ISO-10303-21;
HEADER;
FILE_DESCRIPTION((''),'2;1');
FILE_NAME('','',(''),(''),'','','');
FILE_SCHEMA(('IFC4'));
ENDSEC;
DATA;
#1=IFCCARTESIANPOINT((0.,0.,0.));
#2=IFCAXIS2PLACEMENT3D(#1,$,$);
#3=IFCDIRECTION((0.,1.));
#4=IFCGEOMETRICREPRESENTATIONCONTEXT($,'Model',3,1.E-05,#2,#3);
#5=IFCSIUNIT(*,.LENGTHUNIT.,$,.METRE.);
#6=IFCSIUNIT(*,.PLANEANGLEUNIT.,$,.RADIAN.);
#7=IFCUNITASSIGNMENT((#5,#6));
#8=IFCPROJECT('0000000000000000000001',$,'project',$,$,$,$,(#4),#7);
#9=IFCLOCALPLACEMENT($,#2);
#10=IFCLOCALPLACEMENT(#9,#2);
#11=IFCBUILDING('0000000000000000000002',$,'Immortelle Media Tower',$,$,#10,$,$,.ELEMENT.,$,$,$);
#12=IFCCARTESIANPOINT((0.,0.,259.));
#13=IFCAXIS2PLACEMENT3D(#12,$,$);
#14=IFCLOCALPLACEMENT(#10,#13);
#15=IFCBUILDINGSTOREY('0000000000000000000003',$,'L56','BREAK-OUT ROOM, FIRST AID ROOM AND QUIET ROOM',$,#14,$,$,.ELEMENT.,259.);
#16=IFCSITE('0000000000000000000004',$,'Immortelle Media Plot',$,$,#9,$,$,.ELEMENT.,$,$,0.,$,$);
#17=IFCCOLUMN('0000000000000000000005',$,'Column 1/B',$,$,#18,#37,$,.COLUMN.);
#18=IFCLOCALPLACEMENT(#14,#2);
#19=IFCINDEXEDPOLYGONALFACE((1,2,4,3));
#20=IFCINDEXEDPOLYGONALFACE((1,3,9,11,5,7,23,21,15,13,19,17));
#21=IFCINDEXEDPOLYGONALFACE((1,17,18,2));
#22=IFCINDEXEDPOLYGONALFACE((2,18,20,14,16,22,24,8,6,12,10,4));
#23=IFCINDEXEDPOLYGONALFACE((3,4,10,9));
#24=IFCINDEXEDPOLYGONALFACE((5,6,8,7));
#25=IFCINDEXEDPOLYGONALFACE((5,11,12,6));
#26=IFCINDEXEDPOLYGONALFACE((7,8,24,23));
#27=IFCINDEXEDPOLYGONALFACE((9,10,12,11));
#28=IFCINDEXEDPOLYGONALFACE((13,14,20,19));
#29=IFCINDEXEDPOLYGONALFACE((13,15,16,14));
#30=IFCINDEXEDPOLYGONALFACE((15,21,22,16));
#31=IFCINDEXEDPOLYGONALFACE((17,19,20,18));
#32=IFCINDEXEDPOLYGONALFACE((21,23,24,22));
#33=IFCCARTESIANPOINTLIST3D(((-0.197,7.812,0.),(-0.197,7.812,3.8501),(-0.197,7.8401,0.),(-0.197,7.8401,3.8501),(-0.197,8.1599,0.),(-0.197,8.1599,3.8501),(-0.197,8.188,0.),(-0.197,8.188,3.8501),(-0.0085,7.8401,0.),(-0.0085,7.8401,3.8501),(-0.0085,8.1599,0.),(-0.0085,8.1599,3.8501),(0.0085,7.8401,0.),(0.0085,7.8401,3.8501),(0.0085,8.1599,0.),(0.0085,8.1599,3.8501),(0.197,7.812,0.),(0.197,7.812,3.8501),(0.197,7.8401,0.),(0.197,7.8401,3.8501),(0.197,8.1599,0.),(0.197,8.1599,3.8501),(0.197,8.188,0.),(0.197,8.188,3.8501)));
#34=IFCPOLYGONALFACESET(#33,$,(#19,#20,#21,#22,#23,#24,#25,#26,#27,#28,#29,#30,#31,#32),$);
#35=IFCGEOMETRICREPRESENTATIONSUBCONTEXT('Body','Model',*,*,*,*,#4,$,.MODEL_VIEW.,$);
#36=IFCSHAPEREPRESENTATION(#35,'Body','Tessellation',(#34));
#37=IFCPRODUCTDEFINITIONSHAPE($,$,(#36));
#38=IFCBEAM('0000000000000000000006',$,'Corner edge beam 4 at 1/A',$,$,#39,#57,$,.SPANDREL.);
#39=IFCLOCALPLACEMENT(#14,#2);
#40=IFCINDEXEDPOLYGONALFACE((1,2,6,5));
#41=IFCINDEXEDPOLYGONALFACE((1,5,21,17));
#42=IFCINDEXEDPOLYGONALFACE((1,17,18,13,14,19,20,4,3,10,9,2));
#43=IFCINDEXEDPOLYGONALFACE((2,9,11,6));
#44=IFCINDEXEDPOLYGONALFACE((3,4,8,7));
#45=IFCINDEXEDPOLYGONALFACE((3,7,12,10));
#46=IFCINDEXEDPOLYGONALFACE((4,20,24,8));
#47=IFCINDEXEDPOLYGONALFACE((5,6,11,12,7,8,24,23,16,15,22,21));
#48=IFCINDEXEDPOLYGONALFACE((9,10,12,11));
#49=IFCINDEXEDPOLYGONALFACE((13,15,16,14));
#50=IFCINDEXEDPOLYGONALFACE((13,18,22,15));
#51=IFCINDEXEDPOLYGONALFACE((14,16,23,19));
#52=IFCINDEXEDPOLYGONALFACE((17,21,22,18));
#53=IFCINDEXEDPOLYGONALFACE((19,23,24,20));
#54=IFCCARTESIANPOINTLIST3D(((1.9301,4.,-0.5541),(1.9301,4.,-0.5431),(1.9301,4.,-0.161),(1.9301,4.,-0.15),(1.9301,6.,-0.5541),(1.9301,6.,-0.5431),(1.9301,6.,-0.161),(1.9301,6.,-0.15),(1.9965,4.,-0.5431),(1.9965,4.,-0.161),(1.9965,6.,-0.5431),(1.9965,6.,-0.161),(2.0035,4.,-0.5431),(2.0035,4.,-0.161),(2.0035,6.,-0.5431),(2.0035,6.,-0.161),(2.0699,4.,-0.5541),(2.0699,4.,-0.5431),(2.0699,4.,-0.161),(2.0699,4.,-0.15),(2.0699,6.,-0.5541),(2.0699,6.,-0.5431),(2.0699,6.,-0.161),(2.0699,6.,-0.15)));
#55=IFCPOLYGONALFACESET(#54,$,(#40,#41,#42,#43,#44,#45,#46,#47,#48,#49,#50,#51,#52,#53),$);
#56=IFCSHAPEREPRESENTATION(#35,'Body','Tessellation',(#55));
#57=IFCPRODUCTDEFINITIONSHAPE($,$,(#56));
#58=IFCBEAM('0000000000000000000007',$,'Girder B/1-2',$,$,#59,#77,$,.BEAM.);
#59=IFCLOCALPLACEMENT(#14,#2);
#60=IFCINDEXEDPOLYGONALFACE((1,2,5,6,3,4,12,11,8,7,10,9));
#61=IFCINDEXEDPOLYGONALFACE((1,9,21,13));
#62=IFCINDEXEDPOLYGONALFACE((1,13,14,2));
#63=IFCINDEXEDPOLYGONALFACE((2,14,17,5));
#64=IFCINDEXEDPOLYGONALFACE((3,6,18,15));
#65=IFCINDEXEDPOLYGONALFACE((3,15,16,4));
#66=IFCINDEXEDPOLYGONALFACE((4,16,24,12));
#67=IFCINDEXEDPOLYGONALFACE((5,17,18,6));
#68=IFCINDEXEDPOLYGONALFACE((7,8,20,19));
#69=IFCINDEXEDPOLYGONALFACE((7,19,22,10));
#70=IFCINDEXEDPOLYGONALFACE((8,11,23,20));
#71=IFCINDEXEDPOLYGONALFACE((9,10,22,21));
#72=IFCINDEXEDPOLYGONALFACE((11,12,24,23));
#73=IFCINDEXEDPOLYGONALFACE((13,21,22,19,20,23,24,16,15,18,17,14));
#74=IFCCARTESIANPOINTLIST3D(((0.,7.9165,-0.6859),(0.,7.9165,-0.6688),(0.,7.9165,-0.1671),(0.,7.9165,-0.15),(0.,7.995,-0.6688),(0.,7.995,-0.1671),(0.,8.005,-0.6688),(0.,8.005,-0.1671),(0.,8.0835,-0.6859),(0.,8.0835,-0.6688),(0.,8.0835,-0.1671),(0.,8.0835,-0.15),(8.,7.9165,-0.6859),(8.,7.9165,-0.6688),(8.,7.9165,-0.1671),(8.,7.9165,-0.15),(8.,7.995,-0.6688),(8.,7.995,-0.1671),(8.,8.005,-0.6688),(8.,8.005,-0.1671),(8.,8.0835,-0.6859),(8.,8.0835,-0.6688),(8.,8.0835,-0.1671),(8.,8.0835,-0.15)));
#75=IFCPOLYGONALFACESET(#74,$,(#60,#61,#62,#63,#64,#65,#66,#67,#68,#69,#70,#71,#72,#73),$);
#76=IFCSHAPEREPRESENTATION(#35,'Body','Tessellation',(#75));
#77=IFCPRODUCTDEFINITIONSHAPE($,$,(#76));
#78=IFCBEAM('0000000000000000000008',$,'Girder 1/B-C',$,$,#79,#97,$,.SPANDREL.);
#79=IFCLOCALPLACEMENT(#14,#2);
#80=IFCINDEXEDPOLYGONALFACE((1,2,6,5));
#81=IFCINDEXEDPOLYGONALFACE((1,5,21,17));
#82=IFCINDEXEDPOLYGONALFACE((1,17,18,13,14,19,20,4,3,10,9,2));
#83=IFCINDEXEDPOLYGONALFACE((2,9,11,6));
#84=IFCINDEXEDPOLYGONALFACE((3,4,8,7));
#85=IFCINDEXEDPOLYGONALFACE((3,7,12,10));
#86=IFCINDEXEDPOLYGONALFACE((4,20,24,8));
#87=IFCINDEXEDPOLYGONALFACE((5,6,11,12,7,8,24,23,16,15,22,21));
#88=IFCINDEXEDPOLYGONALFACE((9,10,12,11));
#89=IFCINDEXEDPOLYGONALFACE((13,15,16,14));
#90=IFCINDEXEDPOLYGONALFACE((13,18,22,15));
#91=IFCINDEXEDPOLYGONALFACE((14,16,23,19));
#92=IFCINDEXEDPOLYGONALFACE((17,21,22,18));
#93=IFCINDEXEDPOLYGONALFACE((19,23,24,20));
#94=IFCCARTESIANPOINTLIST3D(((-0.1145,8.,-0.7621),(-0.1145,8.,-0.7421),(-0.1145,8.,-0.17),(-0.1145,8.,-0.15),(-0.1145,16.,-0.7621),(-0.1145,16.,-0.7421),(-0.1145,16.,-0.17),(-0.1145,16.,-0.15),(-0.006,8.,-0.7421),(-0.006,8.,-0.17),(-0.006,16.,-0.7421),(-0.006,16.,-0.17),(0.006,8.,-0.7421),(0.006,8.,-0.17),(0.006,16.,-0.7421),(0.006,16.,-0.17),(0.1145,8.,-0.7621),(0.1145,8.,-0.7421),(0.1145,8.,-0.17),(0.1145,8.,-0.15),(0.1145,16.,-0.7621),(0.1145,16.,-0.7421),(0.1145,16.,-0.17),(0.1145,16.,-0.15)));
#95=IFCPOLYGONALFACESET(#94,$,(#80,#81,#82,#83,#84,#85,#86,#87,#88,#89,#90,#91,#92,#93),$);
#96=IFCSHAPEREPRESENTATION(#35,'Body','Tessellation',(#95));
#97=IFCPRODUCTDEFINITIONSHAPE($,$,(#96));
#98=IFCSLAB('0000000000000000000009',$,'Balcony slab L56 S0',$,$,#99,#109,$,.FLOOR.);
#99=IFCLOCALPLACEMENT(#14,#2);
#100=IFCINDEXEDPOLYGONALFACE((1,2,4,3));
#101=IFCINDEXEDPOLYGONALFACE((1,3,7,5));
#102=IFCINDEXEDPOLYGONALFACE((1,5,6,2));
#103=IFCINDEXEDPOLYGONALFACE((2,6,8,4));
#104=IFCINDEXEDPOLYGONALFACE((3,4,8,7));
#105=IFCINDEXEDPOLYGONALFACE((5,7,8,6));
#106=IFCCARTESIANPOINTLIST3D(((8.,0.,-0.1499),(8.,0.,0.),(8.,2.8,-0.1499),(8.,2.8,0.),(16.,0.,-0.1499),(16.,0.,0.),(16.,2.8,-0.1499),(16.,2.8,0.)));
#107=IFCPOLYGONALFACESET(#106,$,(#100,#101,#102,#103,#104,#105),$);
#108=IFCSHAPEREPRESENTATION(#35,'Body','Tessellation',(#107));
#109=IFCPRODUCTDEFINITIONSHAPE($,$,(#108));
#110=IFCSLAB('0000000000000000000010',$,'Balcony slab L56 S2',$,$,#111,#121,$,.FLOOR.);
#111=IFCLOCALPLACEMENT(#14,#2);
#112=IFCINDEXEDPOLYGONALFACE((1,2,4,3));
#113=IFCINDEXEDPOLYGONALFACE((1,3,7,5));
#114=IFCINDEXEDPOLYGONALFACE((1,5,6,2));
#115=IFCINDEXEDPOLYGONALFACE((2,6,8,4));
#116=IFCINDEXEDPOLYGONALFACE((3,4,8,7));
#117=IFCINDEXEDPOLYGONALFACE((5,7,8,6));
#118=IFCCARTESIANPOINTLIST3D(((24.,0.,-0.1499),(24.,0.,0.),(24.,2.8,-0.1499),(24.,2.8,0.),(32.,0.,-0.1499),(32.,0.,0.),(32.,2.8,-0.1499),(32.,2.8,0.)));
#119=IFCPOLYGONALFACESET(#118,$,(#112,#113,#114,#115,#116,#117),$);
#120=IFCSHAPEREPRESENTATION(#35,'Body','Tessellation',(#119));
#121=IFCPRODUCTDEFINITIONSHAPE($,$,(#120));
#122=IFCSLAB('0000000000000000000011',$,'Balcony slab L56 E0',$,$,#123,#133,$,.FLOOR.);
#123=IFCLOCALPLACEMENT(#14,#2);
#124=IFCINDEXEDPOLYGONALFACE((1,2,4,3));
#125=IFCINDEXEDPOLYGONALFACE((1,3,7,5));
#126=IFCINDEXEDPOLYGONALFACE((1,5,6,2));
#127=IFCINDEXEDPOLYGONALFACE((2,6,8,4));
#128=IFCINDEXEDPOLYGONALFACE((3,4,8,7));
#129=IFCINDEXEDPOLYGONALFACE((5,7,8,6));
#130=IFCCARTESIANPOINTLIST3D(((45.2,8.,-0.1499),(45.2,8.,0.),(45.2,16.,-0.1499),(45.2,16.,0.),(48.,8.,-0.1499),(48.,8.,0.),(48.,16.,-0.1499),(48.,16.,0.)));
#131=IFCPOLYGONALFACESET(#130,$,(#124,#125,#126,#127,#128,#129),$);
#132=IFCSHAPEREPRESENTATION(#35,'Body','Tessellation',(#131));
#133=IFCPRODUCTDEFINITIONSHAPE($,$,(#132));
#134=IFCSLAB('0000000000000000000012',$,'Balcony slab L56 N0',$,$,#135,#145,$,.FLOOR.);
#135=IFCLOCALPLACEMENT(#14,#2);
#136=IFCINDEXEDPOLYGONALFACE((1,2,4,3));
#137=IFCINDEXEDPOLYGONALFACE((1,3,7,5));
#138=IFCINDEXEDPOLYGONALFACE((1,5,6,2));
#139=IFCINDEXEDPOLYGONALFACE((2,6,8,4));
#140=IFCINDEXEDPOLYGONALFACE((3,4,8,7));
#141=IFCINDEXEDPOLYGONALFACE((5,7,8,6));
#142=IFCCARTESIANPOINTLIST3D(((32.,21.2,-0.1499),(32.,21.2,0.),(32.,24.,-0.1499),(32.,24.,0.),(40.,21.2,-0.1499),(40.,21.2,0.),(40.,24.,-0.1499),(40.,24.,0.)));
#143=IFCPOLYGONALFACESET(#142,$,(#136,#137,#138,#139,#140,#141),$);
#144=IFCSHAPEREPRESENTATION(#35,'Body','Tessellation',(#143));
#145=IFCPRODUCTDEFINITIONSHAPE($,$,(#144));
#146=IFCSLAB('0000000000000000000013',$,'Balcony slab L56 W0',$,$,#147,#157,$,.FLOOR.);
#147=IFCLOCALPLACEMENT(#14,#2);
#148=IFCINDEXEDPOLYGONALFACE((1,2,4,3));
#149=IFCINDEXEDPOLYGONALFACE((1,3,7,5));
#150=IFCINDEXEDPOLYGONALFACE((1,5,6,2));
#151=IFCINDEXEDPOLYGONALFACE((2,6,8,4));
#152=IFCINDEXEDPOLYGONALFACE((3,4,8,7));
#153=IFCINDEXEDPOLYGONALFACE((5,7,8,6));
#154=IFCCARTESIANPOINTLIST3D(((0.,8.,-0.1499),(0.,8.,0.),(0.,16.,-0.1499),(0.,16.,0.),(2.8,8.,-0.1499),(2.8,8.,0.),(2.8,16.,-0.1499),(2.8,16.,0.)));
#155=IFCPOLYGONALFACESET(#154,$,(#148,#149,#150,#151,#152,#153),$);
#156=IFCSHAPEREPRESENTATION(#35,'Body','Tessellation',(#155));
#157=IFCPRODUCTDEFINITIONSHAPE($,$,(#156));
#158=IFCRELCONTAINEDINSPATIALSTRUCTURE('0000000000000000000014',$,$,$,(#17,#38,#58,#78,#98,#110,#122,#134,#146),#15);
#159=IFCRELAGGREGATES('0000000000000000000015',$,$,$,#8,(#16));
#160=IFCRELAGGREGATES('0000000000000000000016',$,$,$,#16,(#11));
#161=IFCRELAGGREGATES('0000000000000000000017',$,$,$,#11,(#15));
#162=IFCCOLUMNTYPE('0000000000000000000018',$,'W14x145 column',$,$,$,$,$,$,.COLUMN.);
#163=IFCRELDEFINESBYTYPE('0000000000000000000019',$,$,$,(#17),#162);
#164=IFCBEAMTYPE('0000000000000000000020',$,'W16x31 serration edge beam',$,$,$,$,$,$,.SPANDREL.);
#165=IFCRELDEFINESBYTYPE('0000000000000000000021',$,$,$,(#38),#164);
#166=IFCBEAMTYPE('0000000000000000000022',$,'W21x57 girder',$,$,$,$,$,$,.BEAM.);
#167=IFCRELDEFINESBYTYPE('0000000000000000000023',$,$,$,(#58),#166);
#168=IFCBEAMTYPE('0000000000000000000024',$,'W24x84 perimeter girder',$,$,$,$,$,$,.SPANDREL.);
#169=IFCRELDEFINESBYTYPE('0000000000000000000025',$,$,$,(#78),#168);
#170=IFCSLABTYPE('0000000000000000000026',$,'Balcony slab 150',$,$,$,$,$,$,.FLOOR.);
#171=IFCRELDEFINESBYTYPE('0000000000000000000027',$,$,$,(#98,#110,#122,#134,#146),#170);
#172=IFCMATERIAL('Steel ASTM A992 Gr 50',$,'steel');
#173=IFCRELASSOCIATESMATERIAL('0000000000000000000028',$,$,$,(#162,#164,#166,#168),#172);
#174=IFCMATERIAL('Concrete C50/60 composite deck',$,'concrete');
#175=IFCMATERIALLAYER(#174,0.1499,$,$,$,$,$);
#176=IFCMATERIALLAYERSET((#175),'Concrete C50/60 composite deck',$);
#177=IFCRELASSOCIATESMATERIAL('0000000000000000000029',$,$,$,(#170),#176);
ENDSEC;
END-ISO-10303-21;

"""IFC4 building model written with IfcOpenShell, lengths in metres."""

from ifc_helpers import new_model, si_unit, direction, frame, origin, origin_2d, place, context, subcontext, project, spatial, polyline, i_section, outline, extrude, material, layer, layer_set, material_profile, profile_set, type_object, element, save


model = new_model("IFC4")

# Units and contexts
model_context = context("Model", 3, precision=1e-05, world=origin(), true_north=direction((0.0, 1.0)))
body_context = subcontext(model_context, "Body", "Model", "MODEL_VIEW")
ifc_project = project(units=[si_unit("LENGTHUNIT", "METRE"), si_unit("PLANEANGLEUNIT", "RADIAN")], contexts=[model_context])

# Site, building, storey
site_placement = place(None, origin())
site = spatial("IfcSite", under=ifc_project, at=site_placement, Name="Immortelle Media Plot", CompositionType="ELEMENT", RefElevation=0.0)
building_placement = place(site_placement, origin())
building = spatial("IfcBuilding", under=site, at=building_placement, Name="Immortelle Media Tower", CompositionType="ELEMENT")
storey_placement = place(building_placement, frame((0.0, 0.0, 259.0)))
storey = spatial("IfcBuildingStorey", under=building, at=storey_placement, Name="L56", Description="BREAK-OUT ROOM, FIRST AID ROOM AND QUIET ROOM", CompositionType="ELEMENT", Elevation=259.0)

# Column
ifc_material_1 = material(Name="Steel ASTM A992 Gr 50", Category="steel")
ifc_material_profile_1 = material_profile(ifc_material_1, i_section(OverallWidth=0.394, OverallDepth=0.376, WebThickness=0.0171, FlangeThickness=0.0281, at=origin_2d()), Name="W14x145")
ifc_profile_set_1 = profile_set([ifc_material_profile_1], Name="Steel ASTM A992 Gr 50")
column_type = type_object("IfcColumnType", Name="W14x145 column", PredefinedType="COLUMN", material=ifc_profile_set_1)
column_placement = place(storey_placement, frame((0.0, 8.0, 0.0), z_axis=(0.0, 0.0, 1.0), x_axis=(1.0, 0.0, 0.0)))
element("IfcColumn", 1, at=column_placement, inside=storey, type_object=column_type, Name="Column 1/B", PredefinedType="COLUMN", context=body_context, shape_type="SweptSolid", body=[
    extrude(i_section(OverallWidth=0.394, OverallDepth=0.376, WebThickness=0.0171, FlangeThickness=0.0281, at=origin_2d()), origin(), (0.0, 0.0, 1.0), 3.8501),
])

# Beams
ifc_material_profile_2 = material_profile(ifc_material_1, i_section(OverallWidth=0.1399, OverallDepth=0.4041, WebThickness=0.0071, FlangeThickness=0.011, at=origin_2d()), Name="W16x31")
ifc_profile_set_2 = profile_set([ifc_material_profile_2], Name="Steel ASTM A992 Gr 50")
beam_type_1 = type_object("IfcBeamType", Name="W16x31 serration edge beam", PredefinedType="SPANDREL", material=ifc_profile_set_2)
beam_1_placement = place(storey_placement, frame((2.0, 4.0, -0.3521), z_axis=(0.0, 1.0, 0.0), x_axis=(-1.0, 0.0, 0.0)))
element("IfcBeam", 2, at=beam_1_placement, inside=storey, type_object=beam_type_1, Name="Corner edge beam 4 at 1/A", PredefinedType="SPANDREL", context=body_context, shape_type="SweptSolid", body=[
    extrude(i_section(OverallWidth=0.1399, OverallDepth=0.4041, WebThickness=0.0071, FlangeThickness=0.011, at=origin_2d()), origin(), (0.0, 0.0, 1.0), 2.0),
])
ifc_material_profile_3 = material_profile(ifc_material_1, i_section(OverallWidth=0.167, OverallDepth=0.5359, WebThickness=0.01, FlangeThickness=0.0171, at=origin_2d()), Name="W21x57")
ifc_profile_set_3 = profile_set([ifc_material_profile_3], Name="Steel ASTM A992 Gr 50")
beam_type_2 = type_object("IfcBeamType", Name="W21x57 girder", PredefinedType="BEAM", material=ifc_profile_set_3)
beam_2_placement = place(storey_placement, frame((0.0, 8.0, -0.418), z_axis=(1.0, 0.0, 0.0), x_axis=(0.0, 1.0, 0.0)))
element("IfcBeam", 3, at=beam_2_placement, inside=storey, type_object=beam_type_2, Name="Girder B/1-2", PredefinedType="BEAM", context=body_context, shape_type="SweptSolid", body=[
    extrude(i_section(OverallWidth=0.167, OverallDepth=0.5359, WebThickness=0.01, FlangeThickness=0.0171, at=origin_2d()), origin(), (0.0, 0.0, 1.0), 8.0),
])
ifc_material_profile_4 = material_profile(ifc_material_1, i_section(OverallWidth=0.229, OverallDepth=0.6121, WebThickness=0.012, FlangeThickness=0.02, at=origin_2d()), Name="W24x84")
ifc_profile_set_4 = profile_set([ifc_material_profile_4], Name="Steel ASTM A992 Gr 50")
beam_type_3 = type_object("IfcBeamType", Name="W24x84 perimeter girder", PredefinedType="SPANDREL", material=ifc_profile_set_4)
beam_3_placement = place(storey_placement, frame((0.0, 8.0, -0.4561), z_axis=(0.0, 1.0, 0.0), x_axis=(-1.0, 0.0, 0.0)))
element("IfcBeam", 4, at=beam_3_placement, inside=storey, type_object=beam_type_3, Name="Girder 1/B-C", PredefinedType="SPANDREL", context=body_context, shape_type="SweptSolid", body=[
    extrude(i_section(OverallWidth=0.229, OverallDepth=0.6121, WebThickness=0.012, FlangeThickness=0.02, at=origin_2d()), origin(), (0.0, 0.0, 1.0), 8.0),
])

# Slabs
ifc_material_2 = material(Name="Concrete C50/60 composite deck", Category="concrete")
ifc_layer_1 = layer(ifc_material_2, 0.1499)
ifc_layer_set_1 = layer_set([ifc_layer_1], Name="Concrete C50/60 composite deck")
slab_type_1 = type_object("IfcSlabType", Name="Balcony slab 150", PredefinedType="FLOOR", material=ifc_layer_set_1)
slab_1_placement = place(storey_placement, frame((0.0, 0.0, -0.1499)))
element("IfcSlab", 5, at=slab_1_placement, inside=storey, type_object=slab_type_1, Name="Balcony slab L56 S0", PredefinedType="FLOOR", context=body_context, shape_type="SweptSolid", body=[
    extrude(outline(polyline([(16.0, 0.0), (16.0, 2.8), (8.0, 2.8), (8.0, 0.0), (16.0, 0.0)])), origin(), (0.0, 0.0, 1.0), 0.1499),
])
slab_2_placement = place(storey_placement, frame((0.0, 0.0, -0.1499)))
element("IfcSlab", 6, at=slab_2_placement, inside=storey, type_object=slab_type_1, Name="Balcony slab L56 S2", PredefinedType="FLOOR", context=body_context, shape_type="SweptSolid", body=[
    extrude(outline(polyline([(32.0, 0.0), (32.0, 2.8), (24.0, 2.8), (24.0, 0.0), (32.0, 0.0)])), origin(), (0.0, 0.0, 1.0), 0.1499),
])
slab_3_placement = place(storey_placement, frame((0.0, 0.0, -0.1499)))
element("IfcSlab", 7, at=slab_3_placement, inside=storey, type_object=slab_type_1, Name="Balcony slab L56 E0", PredefinedType="FLOOR", context=body_context, shape_type="SweptSolid", body=[
    extrude(outline(polyline([(48.0, 8.0), (48.0, 16.0), (45.2, 16.0), (45.2, 8.0), (48.0, 8.0)])), origin(), (0.0, 0.0, 1.0), 0.1499),
])
slab_4_placement = place(storey_placement, frame((0.0, 0.0, -0.1499)))
element("IfcSlab", 8, at=slab_4_placement, inside=storey, type_object=slab_type_1, Name="Balcony slab L56 N0", PredefinedType="FLOOR", context=body_context, shape_type="SweptSolid", body=[
    extrude(outline(polyline([(40.0, 21.2), (40.0, 24.0), (32.0, 24.0), (32.0, 21.2), (40.0, 21.2)])), origin(), (0.0, 0.0, 1.0), 0.1499),
])
slab_5_placement = place(storey_placement, frame((0.0, 0.0, -0.1499)))
element("IfcSlab", 9, at=slab_5_placement, inside=storey, type_object=slab_type_1, Name="Balcony slab L56 W0", PredefinedType="FLOOR", context=body_context, shape_type="SweptSolid", body=[
    extrude(outline(polyline([(2.8, 8.0), (2.8, 16.0), (0.0, 16.0), (0.0, 8.0), (2.8, 8.0)])), origin(), (0.0, 0.0, 1.0), 0.1499),
])

save(model, "model.ifc")
